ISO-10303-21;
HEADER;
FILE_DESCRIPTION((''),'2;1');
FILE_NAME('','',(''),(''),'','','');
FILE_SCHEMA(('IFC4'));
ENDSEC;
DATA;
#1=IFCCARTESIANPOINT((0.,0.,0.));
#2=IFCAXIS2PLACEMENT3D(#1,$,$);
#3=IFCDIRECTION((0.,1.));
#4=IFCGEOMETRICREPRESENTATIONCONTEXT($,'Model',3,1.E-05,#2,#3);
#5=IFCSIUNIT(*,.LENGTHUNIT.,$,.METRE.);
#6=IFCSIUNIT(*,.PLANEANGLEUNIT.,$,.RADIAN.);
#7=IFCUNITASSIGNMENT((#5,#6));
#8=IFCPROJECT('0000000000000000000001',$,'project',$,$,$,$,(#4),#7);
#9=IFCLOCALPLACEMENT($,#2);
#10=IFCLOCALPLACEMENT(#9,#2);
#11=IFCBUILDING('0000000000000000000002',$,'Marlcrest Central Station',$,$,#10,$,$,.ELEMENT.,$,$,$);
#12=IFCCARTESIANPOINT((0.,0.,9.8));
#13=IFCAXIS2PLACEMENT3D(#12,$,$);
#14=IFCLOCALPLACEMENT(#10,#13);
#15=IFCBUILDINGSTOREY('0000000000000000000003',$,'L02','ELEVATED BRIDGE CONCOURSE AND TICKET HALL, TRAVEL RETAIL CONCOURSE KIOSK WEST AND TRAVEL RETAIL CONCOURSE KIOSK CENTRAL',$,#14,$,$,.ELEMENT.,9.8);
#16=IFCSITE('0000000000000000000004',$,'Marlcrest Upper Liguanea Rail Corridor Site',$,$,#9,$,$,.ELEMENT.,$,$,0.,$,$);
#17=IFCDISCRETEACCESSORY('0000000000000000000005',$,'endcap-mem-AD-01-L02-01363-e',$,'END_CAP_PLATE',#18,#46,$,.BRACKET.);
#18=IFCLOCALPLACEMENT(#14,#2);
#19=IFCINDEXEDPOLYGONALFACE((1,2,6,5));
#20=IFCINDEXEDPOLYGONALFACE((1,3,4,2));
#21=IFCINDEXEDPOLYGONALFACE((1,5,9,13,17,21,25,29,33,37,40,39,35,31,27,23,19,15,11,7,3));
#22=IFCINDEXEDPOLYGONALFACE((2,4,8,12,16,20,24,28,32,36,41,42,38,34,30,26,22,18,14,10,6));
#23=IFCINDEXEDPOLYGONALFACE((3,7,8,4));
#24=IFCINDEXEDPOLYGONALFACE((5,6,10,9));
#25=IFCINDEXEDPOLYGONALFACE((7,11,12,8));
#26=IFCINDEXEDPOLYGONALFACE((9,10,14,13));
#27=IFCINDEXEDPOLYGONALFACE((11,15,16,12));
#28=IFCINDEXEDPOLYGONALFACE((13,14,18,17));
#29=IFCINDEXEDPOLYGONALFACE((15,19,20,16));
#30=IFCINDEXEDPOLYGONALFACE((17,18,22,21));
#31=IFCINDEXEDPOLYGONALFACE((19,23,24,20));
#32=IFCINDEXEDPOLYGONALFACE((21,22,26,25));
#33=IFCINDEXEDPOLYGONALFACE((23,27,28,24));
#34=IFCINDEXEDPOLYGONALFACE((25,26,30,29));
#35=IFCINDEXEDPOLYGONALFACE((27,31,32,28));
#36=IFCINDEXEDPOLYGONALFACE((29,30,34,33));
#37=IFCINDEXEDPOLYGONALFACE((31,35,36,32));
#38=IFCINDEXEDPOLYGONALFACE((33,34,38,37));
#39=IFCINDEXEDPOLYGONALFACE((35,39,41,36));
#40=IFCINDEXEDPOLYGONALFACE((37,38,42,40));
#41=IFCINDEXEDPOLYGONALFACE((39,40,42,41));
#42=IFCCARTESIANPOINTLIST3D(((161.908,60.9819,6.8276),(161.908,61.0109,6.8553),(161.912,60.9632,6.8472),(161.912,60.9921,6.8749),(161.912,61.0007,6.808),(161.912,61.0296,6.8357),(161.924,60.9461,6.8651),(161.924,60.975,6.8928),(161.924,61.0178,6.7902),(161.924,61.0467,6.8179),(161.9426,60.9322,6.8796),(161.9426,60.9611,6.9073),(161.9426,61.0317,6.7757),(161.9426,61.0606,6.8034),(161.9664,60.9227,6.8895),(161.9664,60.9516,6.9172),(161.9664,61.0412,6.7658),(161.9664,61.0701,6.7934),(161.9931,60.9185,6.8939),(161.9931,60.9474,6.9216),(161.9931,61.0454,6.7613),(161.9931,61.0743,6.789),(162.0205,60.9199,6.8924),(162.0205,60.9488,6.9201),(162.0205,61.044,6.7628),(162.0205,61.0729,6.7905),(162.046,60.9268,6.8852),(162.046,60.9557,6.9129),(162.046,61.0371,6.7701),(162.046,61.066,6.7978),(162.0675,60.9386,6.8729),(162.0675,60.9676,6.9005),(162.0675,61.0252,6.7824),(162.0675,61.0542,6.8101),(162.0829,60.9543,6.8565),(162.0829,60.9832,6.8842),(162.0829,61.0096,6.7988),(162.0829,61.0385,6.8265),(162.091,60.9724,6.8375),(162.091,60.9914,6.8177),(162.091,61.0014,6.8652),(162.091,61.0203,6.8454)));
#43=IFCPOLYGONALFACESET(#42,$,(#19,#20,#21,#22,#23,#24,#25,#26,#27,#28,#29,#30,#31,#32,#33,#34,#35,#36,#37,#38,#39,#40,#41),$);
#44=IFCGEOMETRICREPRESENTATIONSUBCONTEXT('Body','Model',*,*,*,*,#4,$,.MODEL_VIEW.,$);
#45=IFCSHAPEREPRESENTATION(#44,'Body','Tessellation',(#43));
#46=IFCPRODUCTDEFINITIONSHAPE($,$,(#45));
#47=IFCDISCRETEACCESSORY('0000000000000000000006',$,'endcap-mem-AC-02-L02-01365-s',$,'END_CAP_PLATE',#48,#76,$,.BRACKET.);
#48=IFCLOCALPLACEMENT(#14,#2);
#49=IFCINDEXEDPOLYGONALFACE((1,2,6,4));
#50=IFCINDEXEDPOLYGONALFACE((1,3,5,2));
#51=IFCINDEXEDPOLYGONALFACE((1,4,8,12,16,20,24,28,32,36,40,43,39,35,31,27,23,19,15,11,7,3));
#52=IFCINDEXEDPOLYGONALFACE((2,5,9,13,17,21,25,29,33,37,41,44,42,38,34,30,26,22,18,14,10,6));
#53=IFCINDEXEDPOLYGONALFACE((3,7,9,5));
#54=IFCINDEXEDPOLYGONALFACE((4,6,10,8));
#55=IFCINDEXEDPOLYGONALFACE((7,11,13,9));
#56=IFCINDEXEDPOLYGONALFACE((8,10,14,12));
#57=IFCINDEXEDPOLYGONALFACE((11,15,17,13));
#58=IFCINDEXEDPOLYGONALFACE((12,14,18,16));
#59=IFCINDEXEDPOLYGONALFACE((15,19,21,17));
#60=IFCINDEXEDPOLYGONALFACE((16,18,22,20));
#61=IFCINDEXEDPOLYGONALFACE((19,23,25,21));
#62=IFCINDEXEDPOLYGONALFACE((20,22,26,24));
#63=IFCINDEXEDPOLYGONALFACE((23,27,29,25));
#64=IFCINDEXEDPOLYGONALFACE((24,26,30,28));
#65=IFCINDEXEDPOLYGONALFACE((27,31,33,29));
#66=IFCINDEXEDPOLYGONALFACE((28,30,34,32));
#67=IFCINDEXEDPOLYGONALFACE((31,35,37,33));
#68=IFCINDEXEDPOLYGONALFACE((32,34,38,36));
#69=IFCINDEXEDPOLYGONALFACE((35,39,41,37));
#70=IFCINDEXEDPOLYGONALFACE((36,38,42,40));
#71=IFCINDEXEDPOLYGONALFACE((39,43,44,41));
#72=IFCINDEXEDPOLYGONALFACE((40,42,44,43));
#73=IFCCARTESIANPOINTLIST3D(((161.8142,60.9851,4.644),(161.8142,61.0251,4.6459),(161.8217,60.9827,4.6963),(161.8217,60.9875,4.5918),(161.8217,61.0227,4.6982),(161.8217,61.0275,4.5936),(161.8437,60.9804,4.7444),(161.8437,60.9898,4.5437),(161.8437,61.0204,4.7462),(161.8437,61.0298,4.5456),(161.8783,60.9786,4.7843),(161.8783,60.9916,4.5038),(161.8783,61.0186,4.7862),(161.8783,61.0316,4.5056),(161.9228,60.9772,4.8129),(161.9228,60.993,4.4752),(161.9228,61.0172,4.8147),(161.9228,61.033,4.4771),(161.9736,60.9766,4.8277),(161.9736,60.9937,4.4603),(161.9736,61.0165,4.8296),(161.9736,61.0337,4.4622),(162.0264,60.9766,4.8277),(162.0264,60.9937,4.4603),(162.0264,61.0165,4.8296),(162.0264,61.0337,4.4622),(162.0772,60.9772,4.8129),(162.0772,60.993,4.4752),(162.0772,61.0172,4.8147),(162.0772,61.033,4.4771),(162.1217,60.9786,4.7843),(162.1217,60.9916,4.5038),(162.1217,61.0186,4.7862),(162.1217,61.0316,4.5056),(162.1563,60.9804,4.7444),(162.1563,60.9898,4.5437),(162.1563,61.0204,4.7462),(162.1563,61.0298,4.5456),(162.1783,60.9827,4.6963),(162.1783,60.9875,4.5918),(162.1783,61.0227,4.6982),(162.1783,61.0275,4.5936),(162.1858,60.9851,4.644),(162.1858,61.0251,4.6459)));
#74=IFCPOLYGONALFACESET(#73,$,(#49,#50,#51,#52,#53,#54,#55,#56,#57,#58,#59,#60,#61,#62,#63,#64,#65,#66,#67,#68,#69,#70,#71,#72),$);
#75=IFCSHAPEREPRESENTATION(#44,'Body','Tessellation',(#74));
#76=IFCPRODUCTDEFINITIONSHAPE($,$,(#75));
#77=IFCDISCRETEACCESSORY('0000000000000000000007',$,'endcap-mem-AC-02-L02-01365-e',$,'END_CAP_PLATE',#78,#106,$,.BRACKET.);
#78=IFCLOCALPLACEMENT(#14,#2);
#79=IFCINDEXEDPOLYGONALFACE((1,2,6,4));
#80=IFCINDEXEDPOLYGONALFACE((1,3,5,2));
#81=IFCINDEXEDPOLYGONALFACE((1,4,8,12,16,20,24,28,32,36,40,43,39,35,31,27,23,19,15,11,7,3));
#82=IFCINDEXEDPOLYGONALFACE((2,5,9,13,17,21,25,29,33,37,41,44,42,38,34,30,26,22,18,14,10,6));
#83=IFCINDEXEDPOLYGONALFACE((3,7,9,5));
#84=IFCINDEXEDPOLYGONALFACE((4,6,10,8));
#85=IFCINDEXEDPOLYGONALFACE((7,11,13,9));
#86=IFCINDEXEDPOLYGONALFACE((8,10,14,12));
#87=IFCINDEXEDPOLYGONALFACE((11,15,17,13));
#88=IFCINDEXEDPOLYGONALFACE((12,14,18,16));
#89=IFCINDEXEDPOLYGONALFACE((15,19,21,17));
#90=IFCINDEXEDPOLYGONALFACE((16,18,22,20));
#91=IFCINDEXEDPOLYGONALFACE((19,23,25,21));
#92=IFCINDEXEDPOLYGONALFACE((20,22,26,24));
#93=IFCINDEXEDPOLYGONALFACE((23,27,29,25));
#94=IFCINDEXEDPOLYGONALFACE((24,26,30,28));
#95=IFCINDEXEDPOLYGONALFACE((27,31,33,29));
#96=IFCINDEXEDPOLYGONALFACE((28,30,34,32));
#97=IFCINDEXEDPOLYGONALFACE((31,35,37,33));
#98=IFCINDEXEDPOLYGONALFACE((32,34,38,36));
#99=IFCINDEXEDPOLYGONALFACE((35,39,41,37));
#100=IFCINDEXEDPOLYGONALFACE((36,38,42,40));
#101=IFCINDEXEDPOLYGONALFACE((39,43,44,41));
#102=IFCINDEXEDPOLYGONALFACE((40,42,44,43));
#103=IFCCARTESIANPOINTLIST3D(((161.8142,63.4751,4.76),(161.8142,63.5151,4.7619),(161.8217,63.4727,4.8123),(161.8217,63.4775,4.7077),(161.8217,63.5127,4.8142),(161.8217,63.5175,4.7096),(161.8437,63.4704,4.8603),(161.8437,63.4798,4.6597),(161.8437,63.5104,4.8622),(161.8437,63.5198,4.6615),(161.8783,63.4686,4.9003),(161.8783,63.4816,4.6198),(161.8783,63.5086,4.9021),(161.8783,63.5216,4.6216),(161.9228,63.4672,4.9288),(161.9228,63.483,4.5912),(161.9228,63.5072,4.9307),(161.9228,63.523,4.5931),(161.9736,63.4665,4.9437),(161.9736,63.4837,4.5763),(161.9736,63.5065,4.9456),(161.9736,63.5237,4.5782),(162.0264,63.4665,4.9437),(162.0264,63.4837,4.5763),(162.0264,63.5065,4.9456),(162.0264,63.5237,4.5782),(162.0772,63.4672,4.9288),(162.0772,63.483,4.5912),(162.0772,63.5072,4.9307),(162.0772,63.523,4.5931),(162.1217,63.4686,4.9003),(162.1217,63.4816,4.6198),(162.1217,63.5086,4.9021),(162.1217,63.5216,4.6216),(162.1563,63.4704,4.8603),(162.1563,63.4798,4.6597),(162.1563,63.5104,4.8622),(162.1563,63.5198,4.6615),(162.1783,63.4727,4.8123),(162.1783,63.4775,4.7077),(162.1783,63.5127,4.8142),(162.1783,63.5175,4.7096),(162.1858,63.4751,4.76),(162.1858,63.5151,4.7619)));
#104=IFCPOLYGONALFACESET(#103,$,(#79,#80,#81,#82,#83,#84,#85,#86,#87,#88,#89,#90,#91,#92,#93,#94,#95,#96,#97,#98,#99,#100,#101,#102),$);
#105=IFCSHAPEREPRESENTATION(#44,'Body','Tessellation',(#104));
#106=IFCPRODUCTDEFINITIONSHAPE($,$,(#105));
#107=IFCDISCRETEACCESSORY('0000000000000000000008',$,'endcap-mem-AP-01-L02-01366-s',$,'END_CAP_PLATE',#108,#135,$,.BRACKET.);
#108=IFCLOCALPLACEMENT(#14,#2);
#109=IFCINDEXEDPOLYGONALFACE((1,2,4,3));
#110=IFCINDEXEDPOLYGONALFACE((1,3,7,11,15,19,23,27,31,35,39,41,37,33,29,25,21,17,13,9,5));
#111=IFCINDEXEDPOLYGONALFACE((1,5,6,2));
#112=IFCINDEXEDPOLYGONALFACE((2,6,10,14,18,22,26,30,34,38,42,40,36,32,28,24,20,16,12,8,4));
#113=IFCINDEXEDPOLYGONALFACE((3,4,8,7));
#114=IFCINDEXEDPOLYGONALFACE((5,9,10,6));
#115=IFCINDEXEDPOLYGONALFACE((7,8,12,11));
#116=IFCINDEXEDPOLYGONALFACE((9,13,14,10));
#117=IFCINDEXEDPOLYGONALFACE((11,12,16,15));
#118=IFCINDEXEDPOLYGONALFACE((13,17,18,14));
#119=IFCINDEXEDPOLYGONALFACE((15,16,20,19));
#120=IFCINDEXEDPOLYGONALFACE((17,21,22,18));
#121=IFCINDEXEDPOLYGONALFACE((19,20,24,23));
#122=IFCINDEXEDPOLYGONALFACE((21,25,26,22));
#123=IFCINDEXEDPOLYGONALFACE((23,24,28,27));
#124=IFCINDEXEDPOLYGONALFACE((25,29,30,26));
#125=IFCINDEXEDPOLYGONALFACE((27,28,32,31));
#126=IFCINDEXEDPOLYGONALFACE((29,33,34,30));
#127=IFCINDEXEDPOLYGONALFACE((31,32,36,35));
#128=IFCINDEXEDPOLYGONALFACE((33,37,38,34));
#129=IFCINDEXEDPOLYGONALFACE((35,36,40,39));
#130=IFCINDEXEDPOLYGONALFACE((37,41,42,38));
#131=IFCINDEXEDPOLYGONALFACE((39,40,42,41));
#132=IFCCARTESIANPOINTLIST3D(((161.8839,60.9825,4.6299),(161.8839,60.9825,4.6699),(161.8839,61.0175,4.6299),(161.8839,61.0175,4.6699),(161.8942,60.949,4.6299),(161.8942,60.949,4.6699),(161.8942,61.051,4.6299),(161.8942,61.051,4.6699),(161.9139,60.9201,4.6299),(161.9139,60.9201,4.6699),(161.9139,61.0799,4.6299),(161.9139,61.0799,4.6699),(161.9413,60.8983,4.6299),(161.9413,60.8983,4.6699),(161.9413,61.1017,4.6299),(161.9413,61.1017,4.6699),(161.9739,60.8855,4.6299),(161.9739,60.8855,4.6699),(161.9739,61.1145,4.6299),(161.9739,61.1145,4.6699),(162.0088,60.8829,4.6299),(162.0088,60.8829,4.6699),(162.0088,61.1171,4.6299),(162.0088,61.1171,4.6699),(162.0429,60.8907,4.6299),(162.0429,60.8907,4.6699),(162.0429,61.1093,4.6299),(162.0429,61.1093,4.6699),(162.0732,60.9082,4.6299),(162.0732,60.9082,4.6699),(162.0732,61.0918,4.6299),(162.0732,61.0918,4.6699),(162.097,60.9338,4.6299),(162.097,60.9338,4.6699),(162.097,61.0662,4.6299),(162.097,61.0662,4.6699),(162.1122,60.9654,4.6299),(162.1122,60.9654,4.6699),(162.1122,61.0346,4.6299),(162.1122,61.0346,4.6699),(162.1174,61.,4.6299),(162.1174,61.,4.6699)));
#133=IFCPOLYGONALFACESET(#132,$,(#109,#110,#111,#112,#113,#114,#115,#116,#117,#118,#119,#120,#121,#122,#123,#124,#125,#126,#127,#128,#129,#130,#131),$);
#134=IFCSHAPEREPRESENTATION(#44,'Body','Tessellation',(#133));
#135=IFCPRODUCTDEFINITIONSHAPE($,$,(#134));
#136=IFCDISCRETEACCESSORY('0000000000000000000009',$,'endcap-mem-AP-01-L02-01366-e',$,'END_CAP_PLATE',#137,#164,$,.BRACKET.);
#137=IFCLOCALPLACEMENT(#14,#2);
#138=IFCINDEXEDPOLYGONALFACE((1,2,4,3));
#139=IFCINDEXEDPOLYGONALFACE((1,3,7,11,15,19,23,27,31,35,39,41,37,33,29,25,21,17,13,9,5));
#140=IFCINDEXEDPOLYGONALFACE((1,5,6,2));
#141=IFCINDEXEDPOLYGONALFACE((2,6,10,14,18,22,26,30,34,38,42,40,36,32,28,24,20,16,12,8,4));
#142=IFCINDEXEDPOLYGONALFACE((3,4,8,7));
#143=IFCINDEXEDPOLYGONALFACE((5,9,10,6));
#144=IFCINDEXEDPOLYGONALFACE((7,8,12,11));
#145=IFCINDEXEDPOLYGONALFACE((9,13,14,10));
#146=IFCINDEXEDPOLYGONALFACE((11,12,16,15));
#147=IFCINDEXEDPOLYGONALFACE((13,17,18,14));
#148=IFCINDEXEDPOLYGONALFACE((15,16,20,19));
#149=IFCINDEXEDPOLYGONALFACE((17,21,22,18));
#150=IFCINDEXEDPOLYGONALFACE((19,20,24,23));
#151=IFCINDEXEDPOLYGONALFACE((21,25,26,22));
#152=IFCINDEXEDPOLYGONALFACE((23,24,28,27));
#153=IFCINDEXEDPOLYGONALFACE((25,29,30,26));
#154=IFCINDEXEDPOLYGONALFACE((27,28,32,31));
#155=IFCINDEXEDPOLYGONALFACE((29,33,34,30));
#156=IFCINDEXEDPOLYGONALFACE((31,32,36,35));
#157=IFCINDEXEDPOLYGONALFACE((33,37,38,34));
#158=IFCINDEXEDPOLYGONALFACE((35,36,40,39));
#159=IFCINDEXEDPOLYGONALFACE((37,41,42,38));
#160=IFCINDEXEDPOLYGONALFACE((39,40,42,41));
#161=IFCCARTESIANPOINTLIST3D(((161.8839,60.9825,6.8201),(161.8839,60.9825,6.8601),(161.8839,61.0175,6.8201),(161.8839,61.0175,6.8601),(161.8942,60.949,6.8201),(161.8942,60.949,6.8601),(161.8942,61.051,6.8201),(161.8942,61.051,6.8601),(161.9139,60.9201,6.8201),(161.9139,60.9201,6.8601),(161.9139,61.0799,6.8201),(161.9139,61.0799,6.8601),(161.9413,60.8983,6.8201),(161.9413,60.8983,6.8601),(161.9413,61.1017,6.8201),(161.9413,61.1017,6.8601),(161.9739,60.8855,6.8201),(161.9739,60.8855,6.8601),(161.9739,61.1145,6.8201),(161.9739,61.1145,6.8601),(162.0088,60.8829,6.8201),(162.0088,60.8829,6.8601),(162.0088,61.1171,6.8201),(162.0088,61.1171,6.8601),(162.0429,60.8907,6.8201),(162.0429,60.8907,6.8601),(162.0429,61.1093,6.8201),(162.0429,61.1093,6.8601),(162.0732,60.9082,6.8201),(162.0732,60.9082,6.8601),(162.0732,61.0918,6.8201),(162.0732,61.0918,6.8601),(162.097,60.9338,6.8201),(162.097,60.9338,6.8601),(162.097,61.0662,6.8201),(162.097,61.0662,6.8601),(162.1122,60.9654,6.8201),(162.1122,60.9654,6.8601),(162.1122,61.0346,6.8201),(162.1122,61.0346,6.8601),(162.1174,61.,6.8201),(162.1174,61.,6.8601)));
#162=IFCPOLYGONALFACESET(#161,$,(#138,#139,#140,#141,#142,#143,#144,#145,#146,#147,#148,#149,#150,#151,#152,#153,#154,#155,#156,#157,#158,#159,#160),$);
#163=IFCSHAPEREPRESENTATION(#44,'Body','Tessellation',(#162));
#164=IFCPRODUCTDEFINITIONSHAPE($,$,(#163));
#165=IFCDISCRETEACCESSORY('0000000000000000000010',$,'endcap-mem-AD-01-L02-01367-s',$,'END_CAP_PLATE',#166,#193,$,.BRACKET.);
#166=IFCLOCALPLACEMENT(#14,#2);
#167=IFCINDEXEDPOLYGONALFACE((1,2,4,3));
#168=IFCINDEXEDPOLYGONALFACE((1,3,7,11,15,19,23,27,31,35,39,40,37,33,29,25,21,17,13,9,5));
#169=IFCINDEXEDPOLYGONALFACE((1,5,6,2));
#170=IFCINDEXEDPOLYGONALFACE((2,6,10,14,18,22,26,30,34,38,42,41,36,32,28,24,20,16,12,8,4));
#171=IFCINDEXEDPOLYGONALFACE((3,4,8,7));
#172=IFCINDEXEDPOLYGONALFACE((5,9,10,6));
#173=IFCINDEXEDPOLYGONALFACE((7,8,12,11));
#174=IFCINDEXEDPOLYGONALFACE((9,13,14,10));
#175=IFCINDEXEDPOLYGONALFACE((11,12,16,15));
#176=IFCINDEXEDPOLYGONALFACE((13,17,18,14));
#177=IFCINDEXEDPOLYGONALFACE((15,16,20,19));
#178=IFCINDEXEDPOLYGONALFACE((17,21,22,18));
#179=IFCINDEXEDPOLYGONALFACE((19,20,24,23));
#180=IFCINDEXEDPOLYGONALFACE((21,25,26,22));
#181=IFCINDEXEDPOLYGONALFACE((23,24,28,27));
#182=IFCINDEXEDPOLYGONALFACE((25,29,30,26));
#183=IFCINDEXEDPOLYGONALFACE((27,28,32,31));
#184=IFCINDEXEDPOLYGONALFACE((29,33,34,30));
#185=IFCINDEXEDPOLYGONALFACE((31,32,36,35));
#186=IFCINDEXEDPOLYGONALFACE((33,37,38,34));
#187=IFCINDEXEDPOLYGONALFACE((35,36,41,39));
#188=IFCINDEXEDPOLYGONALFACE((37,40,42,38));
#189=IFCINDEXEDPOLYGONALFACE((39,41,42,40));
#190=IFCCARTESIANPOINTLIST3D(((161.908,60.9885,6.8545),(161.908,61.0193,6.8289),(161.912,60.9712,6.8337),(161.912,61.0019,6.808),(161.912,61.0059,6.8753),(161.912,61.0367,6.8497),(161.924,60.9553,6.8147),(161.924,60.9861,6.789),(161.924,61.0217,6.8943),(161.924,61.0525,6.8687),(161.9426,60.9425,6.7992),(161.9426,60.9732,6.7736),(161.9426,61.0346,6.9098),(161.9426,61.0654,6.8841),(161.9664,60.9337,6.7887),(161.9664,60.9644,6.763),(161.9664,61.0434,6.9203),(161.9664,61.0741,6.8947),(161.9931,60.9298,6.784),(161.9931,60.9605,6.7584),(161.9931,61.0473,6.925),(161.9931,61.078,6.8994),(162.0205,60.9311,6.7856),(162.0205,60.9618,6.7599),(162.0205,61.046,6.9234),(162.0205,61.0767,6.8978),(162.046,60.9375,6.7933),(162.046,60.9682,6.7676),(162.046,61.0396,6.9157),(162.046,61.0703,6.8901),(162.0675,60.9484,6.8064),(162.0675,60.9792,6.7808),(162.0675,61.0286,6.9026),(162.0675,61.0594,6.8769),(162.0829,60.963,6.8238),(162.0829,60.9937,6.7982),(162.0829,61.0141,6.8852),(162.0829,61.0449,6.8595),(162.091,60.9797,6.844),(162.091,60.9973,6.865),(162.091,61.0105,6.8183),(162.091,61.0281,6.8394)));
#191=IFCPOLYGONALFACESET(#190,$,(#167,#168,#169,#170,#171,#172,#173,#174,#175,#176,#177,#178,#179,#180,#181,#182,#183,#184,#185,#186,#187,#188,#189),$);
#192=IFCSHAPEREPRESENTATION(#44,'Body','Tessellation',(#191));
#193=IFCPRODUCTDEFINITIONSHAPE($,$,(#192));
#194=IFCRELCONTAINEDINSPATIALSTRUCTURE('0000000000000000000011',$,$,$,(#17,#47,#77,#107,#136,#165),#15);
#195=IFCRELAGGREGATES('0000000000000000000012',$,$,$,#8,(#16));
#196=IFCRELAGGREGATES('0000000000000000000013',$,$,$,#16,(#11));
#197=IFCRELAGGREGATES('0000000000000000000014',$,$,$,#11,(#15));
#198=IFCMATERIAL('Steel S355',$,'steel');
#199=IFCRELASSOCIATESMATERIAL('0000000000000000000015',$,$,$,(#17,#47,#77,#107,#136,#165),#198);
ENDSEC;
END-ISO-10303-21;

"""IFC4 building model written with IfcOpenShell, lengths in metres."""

from ifc_helpers import new_model, si_unit, direction, frame, origin, origin_2d, place, context, subcontext, project, spatial, circle, extrude, material, element, save


model = new_model("IFC4")

# Units and contexts
model_context = context("Model", 3, precision=1e-05, world=origin(), true_north=direction((0.0, 1.0)))
body_context = subcontext(model_context, "Body", "Model", "MODEL_VIEW")
ifc_project = project(units=[si_unit("LENGTHUNIT", "METRE"), si_unit("PLANEANGLEUNIT", "RADIAN")], contexts=[model_context])

# Site, building, storey
site_placement = place(None, origin())
site = spatial("IfcSite", under=ifc_project, at=site_placement, Name="Marlcrest Upper Liguanea Rail Corridor Site", CompositionType="ELEMENT", RefElevation=0.0)
building_placement = place(site_placement, origin())
building = spatial("IfcBuilding", under=site, at=building_placement, Name="Marlcrest Central Station", CompositionType="ELEMENT")
storey_placement = place(building_placement, frame((0.0, 0.0, 9.8)))
storey = spatial("IfcBuildingStorey", under=building, at=storey_placement, Name="L02", Description="ELEVATED BRIDGE CONCOURSE AND TICKET HALL, TRAVEL RETAIL CONCOURSE KIOSK WEST AND TRAVEL RETAIL CONCOURSE KIOSK CENTRAL", CompositionType="ELEMENT", Elevation=9.8)

# Shared definitions
ifc_material = material(Name="Steel S355", Category="steel")

# Discrete accessories
for number, where, z_axis, x_axis, name in (
    (1, (162.0, 60.9819, 6.8276), (0.0, 0.722247, 0.691636), (-1.0, 0.0, 0.0), "endcap-mem-AD-01-L02-01363-e"),
):
    element("IfcDiscreteAccessory", number, at=place(storey_placement, frame(where, z_axis=z_axis, x_axis=x_axis)), inside=storey, material=ifc_material, Name=name, ObjectType="END_CAP_PLATE", PredefinedType="BRACKET", context=body_context, shape_type="SweptSolid", body=[
        extrude(circle(Radius=0.092, at=origin_2d()), origin(), (0.0, 0.0, 1.0), 0.04),
    ])
for number, where, z_axis, x_axis, name in (
    (2, (162.0, 60.9851, 4.644), (0.0, 0.998917, 0.046532), (-1.0, 0.0, 0.0), "endcap-mem-AC-02-L02-01365-s"),
    (3, (162.0, 63.4751, 4.76), (0.0, 0.998917, 0.046532), (-1.0, 0.0, 0.0), "endcap-mem-AC-02-L02-01365-e"),
):
    element("IfcDiscreteAccessory", number, at=place(storey_placement, frame(where, z_axis=z_axis, x_axis=x_axis)), inside=storey, material=ifc_material, Name=name, ObjectType="END_CAP_PLATE", PredefinedType="BRACKET", context=body_context, shape_type="SweptSolid", body=[
        extrude(circle(Radius=0.1858, at=origin_2d()), origin(), (0.0, 0.0, 1.0), 0.04),
    ])
for number, where, z_axis, x_axis, name in (
    (4, (162.0, 61.0, 4.6299), (0.0, 0.0, 1.0), (1.0, 0.0, 0.0), "endcap-mem-AP-01-L02-01366-s"),
    (5, (162.0, 61.0, 6.8201), (0.0, 0.0, 1.0), (1.0, 0.0, 0.0), "endcap-mem-AP-01-L02-01366-e"),
):
    element("IfcDiscreteAccessory", number, at=place(storey_placement, frame(where, z_axis=z_axis, x_axis=x_axis)), inside=storey, material=ifc_material, Name=name, ObjectType="END_CAP_PLATE", PredefinedType="BRACKET", context=body_context, shape_type="SweptSolid", body=[
        extrude(circle(Radius=0.1174, at=origin_2d()), origin(), (0.0, 0.0, 1.0), 0.04),
    ])
discrete_accessory_placement = place(storey_placement, frame((162.0, 60.9885, 6.8545), z_axis=(0.0, 0.76816, -0.640258), x_axis=(-1.0, 0.0, 0.0)))
element("IfcDiscreteAccessory", 6, at=discrete_accessory_placement, inside=storey, material=ifc_material, Name="endcap-mem-AD-01-L02-01367-s", ObjectType="END_CAP_PLATE", PredefinedType="BRACKET", context=body_context, shape_type="SweptSolid", body=[
    extrude(circle(Radius=0.092, at=origin_2d()), origin(), (0.0, 0.0, 1.0), 0.04),
])

save(model, "model.ifc")
